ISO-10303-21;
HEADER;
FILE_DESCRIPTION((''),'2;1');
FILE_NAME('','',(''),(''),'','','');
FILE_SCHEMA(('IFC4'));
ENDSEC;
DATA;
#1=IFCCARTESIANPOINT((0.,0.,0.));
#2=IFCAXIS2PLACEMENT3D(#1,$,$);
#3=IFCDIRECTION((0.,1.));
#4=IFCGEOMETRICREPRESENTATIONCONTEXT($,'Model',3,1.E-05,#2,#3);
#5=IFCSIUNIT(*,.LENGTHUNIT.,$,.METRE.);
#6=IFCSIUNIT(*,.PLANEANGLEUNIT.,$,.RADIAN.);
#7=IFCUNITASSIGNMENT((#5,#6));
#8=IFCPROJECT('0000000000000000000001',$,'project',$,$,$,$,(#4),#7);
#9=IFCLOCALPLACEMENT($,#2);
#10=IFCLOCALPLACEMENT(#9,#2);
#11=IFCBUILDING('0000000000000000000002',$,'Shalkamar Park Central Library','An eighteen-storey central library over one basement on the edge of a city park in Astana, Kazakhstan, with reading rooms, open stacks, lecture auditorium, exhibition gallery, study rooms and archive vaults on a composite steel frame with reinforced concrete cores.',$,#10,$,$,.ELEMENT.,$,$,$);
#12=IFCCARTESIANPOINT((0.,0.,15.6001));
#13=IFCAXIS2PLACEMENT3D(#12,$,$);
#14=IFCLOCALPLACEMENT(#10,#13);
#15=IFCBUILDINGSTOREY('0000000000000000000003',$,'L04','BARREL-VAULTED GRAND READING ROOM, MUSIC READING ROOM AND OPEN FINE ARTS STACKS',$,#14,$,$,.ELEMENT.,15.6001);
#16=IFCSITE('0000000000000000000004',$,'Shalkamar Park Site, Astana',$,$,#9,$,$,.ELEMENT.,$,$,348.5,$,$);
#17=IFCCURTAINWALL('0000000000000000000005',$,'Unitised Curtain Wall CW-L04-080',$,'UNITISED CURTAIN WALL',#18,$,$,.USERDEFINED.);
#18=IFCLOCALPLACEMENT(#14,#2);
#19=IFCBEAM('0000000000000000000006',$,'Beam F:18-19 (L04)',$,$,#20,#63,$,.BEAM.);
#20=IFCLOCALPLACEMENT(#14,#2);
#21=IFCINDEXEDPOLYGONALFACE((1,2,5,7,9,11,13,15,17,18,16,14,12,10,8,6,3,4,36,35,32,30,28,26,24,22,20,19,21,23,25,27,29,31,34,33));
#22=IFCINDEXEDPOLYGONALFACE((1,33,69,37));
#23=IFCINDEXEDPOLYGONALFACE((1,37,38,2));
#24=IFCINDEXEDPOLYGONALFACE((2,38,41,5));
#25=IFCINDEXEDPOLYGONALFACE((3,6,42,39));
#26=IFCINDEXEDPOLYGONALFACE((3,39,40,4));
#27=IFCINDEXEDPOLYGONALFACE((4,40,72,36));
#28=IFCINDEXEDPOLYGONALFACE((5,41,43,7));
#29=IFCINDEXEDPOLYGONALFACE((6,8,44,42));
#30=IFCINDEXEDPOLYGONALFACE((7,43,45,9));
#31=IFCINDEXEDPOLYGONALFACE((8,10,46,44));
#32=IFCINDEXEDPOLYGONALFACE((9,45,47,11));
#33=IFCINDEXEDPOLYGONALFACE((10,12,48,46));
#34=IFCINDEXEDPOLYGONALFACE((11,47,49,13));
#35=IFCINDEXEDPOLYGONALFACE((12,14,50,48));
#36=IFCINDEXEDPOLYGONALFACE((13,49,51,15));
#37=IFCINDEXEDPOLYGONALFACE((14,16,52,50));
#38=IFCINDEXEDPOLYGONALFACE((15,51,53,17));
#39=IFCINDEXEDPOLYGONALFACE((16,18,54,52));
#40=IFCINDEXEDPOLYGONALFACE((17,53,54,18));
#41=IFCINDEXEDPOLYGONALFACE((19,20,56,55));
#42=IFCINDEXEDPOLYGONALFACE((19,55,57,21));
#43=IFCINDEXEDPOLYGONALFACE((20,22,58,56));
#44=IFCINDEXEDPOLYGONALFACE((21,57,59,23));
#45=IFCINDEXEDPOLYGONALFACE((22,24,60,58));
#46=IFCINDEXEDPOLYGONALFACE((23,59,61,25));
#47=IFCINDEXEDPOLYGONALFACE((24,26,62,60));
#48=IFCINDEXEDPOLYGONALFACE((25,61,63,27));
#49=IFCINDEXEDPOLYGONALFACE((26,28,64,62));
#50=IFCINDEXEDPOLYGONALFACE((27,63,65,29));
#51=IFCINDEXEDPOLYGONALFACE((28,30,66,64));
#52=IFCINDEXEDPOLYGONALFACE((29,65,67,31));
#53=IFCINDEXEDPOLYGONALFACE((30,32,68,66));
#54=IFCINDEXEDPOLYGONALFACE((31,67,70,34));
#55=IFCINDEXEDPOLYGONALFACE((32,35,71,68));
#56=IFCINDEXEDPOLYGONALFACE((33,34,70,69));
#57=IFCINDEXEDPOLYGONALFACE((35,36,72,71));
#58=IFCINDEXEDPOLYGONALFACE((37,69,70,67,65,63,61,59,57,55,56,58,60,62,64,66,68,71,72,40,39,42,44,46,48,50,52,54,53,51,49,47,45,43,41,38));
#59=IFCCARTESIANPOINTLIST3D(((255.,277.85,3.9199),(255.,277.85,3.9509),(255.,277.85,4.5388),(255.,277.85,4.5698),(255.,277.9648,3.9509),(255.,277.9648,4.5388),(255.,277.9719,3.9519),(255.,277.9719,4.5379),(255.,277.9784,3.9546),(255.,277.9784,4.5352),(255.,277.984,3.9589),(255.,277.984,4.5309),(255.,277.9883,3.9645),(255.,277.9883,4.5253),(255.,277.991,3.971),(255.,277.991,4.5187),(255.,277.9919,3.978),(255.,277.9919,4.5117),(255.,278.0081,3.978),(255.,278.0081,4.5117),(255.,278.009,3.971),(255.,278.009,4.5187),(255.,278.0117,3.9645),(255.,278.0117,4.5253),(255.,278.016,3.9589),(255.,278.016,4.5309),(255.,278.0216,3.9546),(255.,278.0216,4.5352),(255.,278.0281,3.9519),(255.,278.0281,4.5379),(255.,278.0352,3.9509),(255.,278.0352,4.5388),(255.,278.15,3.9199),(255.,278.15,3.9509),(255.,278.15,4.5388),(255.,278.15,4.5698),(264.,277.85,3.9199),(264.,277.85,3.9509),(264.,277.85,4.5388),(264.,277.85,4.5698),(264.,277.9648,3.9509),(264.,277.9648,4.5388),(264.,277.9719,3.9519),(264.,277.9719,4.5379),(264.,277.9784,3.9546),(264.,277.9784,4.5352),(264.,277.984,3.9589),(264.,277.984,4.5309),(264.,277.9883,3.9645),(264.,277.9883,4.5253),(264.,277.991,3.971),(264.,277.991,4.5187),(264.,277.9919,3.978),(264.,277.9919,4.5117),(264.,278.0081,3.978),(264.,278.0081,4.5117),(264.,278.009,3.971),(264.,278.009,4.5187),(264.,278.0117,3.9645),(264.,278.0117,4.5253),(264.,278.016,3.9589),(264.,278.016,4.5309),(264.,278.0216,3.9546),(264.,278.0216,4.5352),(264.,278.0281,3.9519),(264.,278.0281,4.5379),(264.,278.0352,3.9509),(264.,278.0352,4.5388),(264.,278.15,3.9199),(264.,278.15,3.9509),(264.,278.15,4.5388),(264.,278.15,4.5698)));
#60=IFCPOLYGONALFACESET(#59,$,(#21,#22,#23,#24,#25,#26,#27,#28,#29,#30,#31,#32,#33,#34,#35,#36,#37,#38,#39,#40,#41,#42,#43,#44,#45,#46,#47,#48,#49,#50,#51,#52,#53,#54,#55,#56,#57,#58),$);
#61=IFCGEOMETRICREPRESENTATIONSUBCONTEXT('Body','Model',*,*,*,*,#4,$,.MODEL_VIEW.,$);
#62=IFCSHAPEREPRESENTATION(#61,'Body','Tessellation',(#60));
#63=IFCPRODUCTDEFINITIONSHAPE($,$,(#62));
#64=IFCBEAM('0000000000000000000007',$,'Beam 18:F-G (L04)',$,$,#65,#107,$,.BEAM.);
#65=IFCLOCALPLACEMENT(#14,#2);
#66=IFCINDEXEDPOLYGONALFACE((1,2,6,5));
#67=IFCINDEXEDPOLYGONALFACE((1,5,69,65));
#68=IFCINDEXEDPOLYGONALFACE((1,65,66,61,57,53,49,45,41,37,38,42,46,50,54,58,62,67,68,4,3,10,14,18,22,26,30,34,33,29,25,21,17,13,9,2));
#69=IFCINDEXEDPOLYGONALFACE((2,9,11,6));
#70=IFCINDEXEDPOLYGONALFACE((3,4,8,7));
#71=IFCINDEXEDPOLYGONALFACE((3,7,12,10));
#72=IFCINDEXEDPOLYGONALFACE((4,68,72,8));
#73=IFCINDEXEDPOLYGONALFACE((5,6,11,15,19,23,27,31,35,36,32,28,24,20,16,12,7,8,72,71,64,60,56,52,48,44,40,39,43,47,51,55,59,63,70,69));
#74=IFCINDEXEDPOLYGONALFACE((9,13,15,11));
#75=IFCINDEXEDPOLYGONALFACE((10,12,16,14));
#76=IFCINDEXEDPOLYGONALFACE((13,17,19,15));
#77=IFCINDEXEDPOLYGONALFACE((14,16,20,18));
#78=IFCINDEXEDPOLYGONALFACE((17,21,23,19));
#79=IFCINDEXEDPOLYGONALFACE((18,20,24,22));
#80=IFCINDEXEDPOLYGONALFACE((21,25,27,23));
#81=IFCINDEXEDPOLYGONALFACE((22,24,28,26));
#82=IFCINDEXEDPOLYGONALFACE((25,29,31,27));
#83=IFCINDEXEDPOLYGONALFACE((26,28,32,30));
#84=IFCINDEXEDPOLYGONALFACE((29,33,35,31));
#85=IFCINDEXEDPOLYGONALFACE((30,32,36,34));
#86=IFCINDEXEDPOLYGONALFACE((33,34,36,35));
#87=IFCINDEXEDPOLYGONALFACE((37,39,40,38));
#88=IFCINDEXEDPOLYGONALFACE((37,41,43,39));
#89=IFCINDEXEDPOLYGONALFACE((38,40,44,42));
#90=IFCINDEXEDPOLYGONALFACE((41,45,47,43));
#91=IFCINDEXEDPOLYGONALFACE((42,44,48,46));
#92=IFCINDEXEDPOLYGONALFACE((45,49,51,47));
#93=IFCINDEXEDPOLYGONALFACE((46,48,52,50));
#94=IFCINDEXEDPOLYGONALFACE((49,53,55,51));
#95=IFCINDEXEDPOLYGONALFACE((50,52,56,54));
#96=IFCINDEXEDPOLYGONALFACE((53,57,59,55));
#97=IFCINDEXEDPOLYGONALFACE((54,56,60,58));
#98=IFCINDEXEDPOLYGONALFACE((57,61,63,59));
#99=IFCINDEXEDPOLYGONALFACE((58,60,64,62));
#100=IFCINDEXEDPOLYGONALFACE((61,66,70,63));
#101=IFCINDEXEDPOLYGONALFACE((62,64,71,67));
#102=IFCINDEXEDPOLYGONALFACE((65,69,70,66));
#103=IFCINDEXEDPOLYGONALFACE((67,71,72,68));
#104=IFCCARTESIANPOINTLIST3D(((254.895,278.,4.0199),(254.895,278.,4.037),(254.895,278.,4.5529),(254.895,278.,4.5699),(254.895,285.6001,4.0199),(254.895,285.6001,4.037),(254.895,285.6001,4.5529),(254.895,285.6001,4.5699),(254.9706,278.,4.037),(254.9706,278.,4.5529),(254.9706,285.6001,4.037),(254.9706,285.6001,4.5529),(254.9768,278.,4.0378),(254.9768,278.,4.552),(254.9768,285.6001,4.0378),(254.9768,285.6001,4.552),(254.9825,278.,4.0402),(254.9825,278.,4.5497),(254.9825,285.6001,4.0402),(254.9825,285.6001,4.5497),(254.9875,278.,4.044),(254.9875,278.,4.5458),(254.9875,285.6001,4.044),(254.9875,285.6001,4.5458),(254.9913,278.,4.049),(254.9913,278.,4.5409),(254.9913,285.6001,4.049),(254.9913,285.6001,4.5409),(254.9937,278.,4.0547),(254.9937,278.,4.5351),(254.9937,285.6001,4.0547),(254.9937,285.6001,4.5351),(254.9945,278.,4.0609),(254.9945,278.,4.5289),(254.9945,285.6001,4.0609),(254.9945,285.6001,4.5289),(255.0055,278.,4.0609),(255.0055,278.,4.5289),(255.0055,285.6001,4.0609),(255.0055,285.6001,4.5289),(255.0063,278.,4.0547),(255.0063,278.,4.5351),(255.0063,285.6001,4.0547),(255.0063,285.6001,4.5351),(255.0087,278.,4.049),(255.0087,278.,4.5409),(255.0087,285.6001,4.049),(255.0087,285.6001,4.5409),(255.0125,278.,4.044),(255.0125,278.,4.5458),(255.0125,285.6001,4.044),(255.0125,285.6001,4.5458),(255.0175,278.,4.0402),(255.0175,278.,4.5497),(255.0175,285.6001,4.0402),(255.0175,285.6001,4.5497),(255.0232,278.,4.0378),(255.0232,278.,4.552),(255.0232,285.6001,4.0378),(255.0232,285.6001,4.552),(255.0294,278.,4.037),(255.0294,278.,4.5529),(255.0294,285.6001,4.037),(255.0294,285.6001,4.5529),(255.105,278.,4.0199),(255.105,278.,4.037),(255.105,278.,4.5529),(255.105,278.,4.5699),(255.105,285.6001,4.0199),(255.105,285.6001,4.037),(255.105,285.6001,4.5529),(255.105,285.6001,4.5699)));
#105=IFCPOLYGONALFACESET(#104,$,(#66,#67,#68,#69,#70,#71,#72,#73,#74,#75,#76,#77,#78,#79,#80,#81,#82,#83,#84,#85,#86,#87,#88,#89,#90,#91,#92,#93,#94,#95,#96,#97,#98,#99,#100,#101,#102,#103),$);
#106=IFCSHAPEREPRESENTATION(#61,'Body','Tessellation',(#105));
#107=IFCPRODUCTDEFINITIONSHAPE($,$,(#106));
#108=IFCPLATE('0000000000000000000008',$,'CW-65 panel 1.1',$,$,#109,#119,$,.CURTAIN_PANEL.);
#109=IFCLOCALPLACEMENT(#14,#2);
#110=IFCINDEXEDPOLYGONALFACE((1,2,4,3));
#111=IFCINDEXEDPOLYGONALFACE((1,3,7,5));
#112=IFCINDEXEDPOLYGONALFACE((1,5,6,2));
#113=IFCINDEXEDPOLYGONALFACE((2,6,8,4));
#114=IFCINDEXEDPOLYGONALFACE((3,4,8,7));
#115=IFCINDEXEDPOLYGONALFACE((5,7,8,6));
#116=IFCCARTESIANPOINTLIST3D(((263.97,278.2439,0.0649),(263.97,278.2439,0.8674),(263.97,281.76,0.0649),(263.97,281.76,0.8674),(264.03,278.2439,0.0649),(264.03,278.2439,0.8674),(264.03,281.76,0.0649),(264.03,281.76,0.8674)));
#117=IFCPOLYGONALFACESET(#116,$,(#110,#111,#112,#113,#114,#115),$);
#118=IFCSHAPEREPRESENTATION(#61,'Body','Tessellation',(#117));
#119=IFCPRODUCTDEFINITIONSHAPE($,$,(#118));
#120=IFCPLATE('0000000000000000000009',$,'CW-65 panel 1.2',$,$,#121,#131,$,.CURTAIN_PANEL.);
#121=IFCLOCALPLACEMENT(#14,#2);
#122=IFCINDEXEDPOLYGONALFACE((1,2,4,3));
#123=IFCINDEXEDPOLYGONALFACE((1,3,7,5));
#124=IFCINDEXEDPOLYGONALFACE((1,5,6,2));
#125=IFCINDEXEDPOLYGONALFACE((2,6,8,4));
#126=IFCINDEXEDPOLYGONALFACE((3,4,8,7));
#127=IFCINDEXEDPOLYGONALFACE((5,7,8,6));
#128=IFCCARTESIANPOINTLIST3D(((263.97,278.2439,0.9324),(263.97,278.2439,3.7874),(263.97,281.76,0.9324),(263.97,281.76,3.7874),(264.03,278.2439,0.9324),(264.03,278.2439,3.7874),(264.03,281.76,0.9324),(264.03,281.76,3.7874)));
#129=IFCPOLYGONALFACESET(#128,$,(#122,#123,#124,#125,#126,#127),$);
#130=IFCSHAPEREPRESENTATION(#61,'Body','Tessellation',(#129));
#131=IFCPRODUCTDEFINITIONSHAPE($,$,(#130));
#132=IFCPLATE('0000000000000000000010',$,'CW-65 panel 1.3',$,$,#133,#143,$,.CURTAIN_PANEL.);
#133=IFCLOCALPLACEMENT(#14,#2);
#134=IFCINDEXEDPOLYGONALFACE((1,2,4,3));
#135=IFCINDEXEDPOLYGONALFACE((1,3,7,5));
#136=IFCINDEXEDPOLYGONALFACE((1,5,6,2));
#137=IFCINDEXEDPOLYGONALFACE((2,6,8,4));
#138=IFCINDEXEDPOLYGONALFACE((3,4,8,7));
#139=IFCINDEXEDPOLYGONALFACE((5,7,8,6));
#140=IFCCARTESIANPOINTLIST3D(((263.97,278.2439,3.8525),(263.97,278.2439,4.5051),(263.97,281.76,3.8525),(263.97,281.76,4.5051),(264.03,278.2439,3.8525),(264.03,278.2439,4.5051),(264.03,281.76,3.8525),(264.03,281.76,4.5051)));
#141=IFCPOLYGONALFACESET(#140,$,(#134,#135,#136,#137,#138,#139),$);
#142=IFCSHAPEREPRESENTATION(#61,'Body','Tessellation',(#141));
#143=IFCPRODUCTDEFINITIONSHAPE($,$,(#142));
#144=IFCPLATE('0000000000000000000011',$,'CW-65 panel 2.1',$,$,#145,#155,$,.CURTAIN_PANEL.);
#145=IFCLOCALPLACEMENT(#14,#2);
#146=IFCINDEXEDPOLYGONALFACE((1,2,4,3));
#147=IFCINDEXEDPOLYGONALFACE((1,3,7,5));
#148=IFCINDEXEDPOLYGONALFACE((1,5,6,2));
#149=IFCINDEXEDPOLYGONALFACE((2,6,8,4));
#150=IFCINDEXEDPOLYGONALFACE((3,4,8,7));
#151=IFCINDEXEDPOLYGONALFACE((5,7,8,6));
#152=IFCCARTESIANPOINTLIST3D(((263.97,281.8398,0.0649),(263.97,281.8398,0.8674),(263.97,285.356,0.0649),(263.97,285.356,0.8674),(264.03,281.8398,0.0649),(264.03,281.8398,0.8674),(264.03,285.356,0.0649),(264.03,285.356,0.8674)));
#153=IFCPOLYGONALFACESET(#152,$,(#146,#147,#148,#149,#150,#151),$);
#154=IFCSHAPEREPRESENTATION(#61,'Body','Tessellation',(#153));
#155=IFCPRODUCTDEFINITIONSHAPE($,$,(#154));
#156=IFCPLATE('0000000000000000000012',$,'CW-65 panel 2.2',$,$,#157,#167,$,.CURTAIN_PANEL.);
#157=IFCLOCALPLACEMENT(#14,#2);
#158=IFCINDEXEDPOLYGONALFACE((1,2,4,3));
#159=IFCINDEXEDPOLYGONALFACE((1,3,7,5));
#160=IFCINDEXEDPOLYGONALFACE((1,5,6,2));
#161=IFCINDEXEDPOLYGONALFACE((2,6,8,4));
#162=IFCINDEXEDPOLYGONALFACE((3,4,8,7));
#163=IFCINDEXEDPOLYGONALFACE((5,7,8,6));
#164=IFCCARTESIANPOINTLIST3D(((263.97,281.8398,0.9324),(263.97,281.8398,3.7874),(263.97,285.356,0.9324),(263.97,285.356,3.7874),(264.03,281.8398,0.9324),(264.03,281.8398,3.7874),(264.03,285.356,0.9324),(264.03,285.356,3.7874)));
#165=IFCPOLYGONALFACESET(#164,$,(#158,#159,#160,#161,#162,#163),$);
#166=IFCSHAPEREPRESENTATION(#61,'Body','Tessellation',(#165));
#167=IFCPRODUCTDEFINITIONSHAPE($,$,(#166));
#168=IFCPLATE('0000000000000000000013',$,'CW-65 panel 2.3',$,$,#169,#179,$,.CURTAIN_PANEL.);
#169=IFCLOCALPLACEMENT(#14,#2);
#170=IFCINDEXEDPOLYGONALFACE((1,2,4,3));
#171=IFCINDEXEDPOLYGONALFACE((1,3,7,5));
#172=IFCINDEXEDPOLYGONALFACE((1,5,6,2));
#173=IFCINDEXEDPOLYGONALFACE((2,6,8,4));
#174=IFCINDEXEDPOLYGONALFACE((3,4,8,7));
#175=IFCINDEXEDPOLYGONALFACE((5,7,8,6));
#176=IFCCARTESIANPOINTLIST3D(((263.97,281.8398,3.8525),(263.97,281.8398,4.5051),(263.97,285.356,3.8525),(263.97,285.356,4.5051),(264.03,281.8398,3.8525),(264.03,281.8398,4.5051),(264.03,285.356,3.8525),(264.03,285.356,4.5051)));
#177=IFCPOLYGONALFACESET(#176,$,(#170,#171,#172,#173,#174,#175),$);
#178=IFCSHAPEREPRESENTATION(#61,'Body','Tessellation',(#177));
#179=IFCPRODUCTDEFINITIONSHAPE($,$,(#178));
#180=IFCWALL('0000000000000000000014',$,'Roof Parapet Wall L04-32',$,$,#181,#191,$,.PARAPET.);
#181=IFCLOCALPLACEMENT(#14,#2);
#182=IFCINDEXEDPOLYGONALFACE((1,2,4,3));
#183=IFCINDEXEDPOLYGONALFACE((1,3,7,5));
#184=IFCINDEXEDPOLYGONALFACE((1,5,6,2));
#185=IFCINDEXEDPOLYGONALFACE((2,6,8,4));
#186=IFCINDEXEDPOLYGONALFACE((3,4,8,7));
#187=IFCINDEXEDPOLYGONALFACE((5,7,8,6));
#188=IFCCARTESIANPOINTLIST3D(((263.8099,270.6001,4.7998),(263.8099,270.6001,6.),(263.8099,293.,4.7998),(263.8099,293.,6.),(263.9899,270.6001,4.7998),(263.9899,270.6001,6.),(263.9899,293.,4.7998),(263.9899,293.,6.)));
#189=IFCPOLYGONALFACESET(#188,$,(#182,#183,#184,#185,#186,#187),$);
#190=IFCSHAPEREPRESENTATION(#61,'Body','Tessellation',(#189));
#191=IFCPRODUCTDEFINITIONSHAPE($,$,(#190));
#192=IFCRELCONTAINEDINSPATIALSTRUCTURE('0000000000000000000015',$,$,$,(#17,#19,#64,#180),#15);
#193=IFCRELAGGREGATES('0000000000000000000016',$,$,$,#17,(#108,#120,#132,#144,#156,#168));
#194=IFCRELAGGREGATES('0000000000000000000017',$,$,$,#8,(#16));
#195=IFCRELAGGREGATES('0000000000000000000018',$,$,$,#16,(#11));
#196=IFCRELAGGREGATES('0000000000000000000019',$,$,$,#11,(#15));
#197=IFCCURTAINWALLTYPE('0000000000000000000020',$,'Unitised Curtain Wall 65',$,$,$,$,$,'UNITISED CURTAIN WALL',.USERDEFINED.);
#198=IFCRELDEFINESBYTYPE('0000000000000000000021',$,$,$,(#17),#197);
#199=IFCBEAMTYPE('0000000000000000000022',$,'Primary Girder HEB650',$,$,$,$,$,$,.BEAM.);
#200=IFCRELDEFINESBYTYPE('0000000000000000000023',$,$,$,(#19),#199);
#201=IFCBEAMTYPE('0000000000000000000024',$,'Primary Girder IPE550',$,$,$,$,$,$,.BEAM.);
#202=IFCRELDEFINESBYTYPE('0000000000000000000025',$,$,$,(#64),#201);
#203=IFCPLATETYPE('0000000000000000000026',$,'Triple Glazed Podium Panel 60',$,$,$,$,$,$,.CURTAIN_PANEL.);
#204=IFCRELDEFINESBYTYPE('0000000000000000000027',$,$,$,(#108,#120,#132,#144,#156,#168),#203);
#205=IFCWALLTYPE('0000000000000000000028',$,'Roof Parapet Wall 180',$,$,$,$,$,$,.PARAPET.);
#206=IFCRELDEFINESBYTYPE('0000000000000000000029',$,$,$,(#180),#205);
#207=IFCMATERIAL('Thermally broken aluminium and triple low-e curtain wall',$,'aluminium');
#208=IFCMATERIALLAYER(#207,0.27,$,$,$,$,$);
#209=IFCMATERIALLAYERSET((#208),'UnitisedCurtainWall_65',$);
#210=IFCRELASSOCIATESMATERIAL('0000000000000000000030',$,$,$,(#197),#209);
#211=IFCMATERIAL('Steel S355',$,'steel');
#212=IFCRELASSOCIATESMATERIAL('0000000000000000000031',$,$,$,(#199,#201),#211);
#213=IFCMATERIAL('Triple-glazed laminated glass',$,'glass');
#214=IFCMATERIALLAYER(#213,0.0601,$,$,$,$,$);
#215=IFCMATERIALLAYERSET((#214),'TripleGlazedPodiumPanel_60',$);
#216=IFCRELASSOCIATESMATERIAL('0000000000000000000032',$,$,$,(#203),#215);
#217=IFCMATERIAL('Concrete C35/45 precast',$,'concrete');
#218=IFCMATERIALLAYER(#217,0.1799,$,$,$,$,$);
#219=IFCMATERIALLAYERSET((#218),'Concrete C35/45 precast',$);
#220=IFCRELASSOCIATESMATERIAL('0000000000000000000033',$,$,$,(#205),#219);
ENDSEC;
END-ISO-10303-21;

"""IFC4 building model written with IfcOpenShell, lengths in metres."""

from ifc_helpers import new_model, si_unit, direction, frame, frame_2d, origin, origin_2d, place, context, subcontext, project, spatial, rectangle, i_section, extrude, material, layer, layer_set, material_profile, profile_set, type_object, element, aggregate, save


model = new_model("IFC4")

# Units and contexts
model_context = context("Model", 3, precision=1e-05, world=origin(), true_north=direction((0.0, 1.0)))
body_context = subcontext(model_context, "Body", "Model", "MODEL_VIEW")
ifc_project = project(units=[si_unit("LENGTHUNIT", "METRE"), si_unit("PLANEANGLEUNIT", "RADIAN")], contexts=[model_context])

# Site, building, storey
site_placement = place(None, origin())
site = spatial("IfcSite", under=ifc_project, at=site_placement, Name="Shalkamar Park Site, Astana", CompositionType="ELEMENT", RefElevation=348.5)
building_placement = place(site_placement, origin())
building = spatial("IfcBuilding", under=site, at=building_placement, Name="Shalkamar Park Central Library", Description="An eighteen-storey central library over one basement on the edge of a city park in Astana, Kazakhstan, with reading rooms, open stacks, lecture auditorium, exhibition gallery, study rooms and archive vaults on a composite steel frame with reinforced concrete cores.", CompositionType="ELEMENT")
storey_placement = place(building_placement, frame((0.0, 0.0, 15.6001)))
storey = spatial("IfcBuildingStorey", under=building, at=storey_placement, Name="L04", Description="BARREL-VAULTED GRAND READING ROOM, MUSIC READING ROOM AND OPEN FINE ARTS STACKS", CompositionType="ELEMENT", Elevation=15.6001)

# Shared definitions
ifc_material_1 = material(Name="Steel S355", Category="steel")

# Curtain wall
ifc_material_2 = material(Name="Thermally broken aluminium and triple low-e curtain wall", Category="aluminium")
ifc_layer_1 = layer(ifc_material_2, 0.27)
ifc_layer_set_1 = layer_set([ifc_layer_1], Name="UnitisedCurtainWall_65")
curtain_wall_type = type_object("IfcCurtainWallType", Name="Unitised Curtain Wall 65", ElementType="UNITISED CURTAIN WALL", PredefinedType="USERDEFINED", material=ifc_layer_set_1)
curtain_wall_placement = place(storey_placement, origin())
curtain_wall = element("IfcCurtainWall", 1, at=curtain_wall_placement, inside=storey, type_object=curtain_wall_type, Name="Unitised Curtain Wall CW-L04-080", ObjectType="UNITISED CURTAIN WALL", PredefinedType="USERDEFINED")

# Beams
ifc_material_profile_1 = material_profile(ifc_material_1, i_section(OverallWidth=0.3, OverallDepth=0.6499, WebThickness=0.0161, FlangeThickness=0.031, FilletRadius=0.0271, at=origin_2d()), Name="HEB 650")
ifc_profile_set_1 = profile_set([ifc_material_profile_1], Name="Steel S355")
beam_type_1 = type_object("IfcBeamType", Name="Primary Girder HEB650", PredefinedType="BEAM", material=ifc_profile_set_1)
beam_1_placement = place(storey_placement, frame((255.0, 278.0, 4.2449), z_axis=(1.0, 0.0, 0.0), x_axis=(0.0, 1.0, 0.0)))
element("IfcBeam", 2, at=beam_1_placement, inside=storey, type_object=beam_type_1, Name="Beam F:18-19 (L04)", PredefinedType="BEAM", context=body_context, shape_type="SweptSolid", body=[
    extrude(i_section(OverallWidth=0.3, OverallDepth=0.6499, WebThickness=0.0161, FlangeThickness=0.031, FilletRadius=0.0271, at=origin_2d()), origin(), (0.0, 0.0, 1.0), 9.0),
])
ifc_material_profile_2 = material_profile(ifc_material_1, i_section(OverallWidth=0.21, OverallDepth=0.55, WebThickness=0.011, FlangeThickness=0.0171, FilletRadius=0.0239, at=origin_2d()), Name="IPE 550")
ifc_profile_set_2 = profile_set([ifc_material_profile_2], Name="Steel S355")
beam_type_2 = type_object("IfcBeamType", Name="Primary Girder IPE550", PredefinedType="BEAM", material=ifc_profile_set_2)
beam_2_placement = place(storey_placement, frame((255.0, 278.0, 4.2949), z_axis=(0.0, 1.0, 0.0), x_axis=(-1.0, 0.0, 0.0)))
element("IfcBeam", 3, at=beam_2_placement, inside=storey, type_object=beam_type_2, Name="Beam 18:F-G (L04)", PredefinedType="BEAM", context=body_context, shape_type="SweptSolid", body=[
    extrude(i_section(OverallWidth=0.21, OverallDepth=0.55, WebThickness=0.011, FlangeThickness=0.0171, FilletRadius=0.0239, at=origin_2d()), origin(), (0.0, 0.0, 1.0), 7.6001),
])

# Plates
ifc_material_3 = material(Name="Triple-glazed laminated glass", Category="glass")
ifc_layer_2 = layer(ifc_material_3, 0.0601)
ifc_layer_set_2 = layer_set([ifc_layer_2], Name="TripleGlazedPodiumPanel_60")
plate_type = type_object("IfcPlateType", Name="Triple Glazed Podium Panel 60", PredefinedType="CURTAIN_PANEL", material=ifc_layer_set_2)
plate_1_placement = place(storey_placement, frame((264.0, 280.002, 0.0649), z_axis=(0.0, 0.0, 1.0), x_axis=(0.0, 1.0, 0.0)))
plate_1 = element("IfcPlate", 4, at=plate_1_placement, type_object=plate_type, Name="CW-65 panel 1.1", PredefinedType="CURTAIN_PANEL", context=body_context, shape_type="SweptSolid", body=[
    extrude(rectangle(XDim=3.5161, YDim=0.0601, at=origin_2d()), origin(), (0.0, 0.0, 1.0), 0.8025),
])
plate_2_placement = place(storey_placement, frame((264.0, 280.002, 0.9324), z_axis=(0.0, 0.0, 1.0), x_axis=(0.0, 1.0, 0.0)))
plate_2 = element("IfcPlate", 5, at=plate_2_placement, type_object=plate_type, Name="CW-65 panel 1.2", PredefinedType="CURTAIN_PANEL", context=body_context, shape_type="SweptSolid", body=[
    extrude(rectangle(XDim=3.5161, YDim=0.0601, at=origin_2d()), origin(), (0.0, 0.0, 1.0), 2.855),
])
plate_3_placement = place(storey_placement, frame((264.0, 280.002, 3.8525), z_axis=(0.0, 0.0, 1.0), x_axis=(0.0, 1.0, 0.0)))
plate_3 = element("IfcPlate", 6, at=plate_3_placement, type_object=plate_type, Name="CW-65 panel 1.3", PredefinedType="CURTAIN_PANEL", context=body_context, shape_type="SweptSolid", body=[
    extrude(rectangle(XDim=3.5161, YDim=0.0601, at=origin_2d()), origin(), (0.0, 0.0, 1.0), 0.6526),
])
plate_4_placement = place(storey_placement, frame((264.0, 283.5979, 0.0649), z_axis=(0.0, 0.0, 1.0), x_axis=(0.0, 1.0, 0.0)))
plate_4 = element("IfcPlate", 7, at=plate_4_placement, type_object=plate_type, Name="CW-65 panel 2.1", PredefinedType="CURTAIN_PANEL", context=body_context, shape_type="SweptSolid", body=[
    extrude(rectangle(XDim=3.5161, YDim=0.0601, at=origin_2d()), origin(), (0.0, 0.0, 1.0), 0.8025),
])
plate_5_placement = place(storey_placement, frame((264.0, 283.5979, 0.9324), z_axis=(0.0, 0.0, 1.0), x_axis=(0.0, 1.0, 0.0)))
plate_5 = element("IfcPlate", 8, at=plate_5_placement, type_object=plate_type, Name="CW-65 panel 2.2", PredefinedType="CURTAIN_PANEL", context=body_context, shape_type="SweptSolid", body=[
    extrude(rectangle(XDim=3.5161, YDim=0.0601, at=origin_2d()), origin(), (0.0, 0.0, 1.0), 2.855),
])
plate_6_placement = place(storey_placement, frame((264.0, 283.5979, 3.8525), z_axis=(0.0, 0.0, 1.0), x_axis=(0.0, 1.0, 0.0)))
plate_6 = element("IfcPlate", 9, at=plate_6_placement, type_object=plate_type, Name="CW-65 panel 2.3", PredefinedType="CURTAIN_PANEL", context=body_context, shape_type="SweptSolid", body=[
    extrude(rectangle(XDim=3.5161, YDim=0.0601, at=origin_2d()), origin(), (0.0, 0.0, 1.0), 0.6526),
])
aggregate(curtain_wall, [plate_1, plate_2, plate_3, plate_4, plate_5, plate_6])

# Wall
ifc_material_4 = material(Name="Concrete C35/45 precast", Category="concrete")
ifc_layer_3 = layer(ifc_material_4, 0.1799)
ifc_layer_set_3 = layer_set([ifc_layer_3], Name="Concrete C35/45 precast")
wall_type_1 = type_object("IfcWallType", Name="Roof Parapet Wall 180", PredefinedType="PARAPET", material=ifc_layer_set_3)
wall_1_placement = place(storey_placement, frame((263.8999, 270.6001, 4.7998), z_axis=(0.0, 0.0, 1.0), x_axis=(0.0, 1.0, 0.0)))
element("IfcWall", 10, at=wall_1_placement, inside=storey, type_object=wall_type_1, Name="Roof Parapet Wall L04-32", PredefinedType="PARAPET", context=body_context, shape_type="SweptSolid", body=[
    extrude(rectangle(XDim=22.3999, YDim=0.1799, at=frame_2d((11.2, 0.0))), origin(), (0.0, 0.0, 1.0), 1.2002),
])

save(model, "model.ifc")
